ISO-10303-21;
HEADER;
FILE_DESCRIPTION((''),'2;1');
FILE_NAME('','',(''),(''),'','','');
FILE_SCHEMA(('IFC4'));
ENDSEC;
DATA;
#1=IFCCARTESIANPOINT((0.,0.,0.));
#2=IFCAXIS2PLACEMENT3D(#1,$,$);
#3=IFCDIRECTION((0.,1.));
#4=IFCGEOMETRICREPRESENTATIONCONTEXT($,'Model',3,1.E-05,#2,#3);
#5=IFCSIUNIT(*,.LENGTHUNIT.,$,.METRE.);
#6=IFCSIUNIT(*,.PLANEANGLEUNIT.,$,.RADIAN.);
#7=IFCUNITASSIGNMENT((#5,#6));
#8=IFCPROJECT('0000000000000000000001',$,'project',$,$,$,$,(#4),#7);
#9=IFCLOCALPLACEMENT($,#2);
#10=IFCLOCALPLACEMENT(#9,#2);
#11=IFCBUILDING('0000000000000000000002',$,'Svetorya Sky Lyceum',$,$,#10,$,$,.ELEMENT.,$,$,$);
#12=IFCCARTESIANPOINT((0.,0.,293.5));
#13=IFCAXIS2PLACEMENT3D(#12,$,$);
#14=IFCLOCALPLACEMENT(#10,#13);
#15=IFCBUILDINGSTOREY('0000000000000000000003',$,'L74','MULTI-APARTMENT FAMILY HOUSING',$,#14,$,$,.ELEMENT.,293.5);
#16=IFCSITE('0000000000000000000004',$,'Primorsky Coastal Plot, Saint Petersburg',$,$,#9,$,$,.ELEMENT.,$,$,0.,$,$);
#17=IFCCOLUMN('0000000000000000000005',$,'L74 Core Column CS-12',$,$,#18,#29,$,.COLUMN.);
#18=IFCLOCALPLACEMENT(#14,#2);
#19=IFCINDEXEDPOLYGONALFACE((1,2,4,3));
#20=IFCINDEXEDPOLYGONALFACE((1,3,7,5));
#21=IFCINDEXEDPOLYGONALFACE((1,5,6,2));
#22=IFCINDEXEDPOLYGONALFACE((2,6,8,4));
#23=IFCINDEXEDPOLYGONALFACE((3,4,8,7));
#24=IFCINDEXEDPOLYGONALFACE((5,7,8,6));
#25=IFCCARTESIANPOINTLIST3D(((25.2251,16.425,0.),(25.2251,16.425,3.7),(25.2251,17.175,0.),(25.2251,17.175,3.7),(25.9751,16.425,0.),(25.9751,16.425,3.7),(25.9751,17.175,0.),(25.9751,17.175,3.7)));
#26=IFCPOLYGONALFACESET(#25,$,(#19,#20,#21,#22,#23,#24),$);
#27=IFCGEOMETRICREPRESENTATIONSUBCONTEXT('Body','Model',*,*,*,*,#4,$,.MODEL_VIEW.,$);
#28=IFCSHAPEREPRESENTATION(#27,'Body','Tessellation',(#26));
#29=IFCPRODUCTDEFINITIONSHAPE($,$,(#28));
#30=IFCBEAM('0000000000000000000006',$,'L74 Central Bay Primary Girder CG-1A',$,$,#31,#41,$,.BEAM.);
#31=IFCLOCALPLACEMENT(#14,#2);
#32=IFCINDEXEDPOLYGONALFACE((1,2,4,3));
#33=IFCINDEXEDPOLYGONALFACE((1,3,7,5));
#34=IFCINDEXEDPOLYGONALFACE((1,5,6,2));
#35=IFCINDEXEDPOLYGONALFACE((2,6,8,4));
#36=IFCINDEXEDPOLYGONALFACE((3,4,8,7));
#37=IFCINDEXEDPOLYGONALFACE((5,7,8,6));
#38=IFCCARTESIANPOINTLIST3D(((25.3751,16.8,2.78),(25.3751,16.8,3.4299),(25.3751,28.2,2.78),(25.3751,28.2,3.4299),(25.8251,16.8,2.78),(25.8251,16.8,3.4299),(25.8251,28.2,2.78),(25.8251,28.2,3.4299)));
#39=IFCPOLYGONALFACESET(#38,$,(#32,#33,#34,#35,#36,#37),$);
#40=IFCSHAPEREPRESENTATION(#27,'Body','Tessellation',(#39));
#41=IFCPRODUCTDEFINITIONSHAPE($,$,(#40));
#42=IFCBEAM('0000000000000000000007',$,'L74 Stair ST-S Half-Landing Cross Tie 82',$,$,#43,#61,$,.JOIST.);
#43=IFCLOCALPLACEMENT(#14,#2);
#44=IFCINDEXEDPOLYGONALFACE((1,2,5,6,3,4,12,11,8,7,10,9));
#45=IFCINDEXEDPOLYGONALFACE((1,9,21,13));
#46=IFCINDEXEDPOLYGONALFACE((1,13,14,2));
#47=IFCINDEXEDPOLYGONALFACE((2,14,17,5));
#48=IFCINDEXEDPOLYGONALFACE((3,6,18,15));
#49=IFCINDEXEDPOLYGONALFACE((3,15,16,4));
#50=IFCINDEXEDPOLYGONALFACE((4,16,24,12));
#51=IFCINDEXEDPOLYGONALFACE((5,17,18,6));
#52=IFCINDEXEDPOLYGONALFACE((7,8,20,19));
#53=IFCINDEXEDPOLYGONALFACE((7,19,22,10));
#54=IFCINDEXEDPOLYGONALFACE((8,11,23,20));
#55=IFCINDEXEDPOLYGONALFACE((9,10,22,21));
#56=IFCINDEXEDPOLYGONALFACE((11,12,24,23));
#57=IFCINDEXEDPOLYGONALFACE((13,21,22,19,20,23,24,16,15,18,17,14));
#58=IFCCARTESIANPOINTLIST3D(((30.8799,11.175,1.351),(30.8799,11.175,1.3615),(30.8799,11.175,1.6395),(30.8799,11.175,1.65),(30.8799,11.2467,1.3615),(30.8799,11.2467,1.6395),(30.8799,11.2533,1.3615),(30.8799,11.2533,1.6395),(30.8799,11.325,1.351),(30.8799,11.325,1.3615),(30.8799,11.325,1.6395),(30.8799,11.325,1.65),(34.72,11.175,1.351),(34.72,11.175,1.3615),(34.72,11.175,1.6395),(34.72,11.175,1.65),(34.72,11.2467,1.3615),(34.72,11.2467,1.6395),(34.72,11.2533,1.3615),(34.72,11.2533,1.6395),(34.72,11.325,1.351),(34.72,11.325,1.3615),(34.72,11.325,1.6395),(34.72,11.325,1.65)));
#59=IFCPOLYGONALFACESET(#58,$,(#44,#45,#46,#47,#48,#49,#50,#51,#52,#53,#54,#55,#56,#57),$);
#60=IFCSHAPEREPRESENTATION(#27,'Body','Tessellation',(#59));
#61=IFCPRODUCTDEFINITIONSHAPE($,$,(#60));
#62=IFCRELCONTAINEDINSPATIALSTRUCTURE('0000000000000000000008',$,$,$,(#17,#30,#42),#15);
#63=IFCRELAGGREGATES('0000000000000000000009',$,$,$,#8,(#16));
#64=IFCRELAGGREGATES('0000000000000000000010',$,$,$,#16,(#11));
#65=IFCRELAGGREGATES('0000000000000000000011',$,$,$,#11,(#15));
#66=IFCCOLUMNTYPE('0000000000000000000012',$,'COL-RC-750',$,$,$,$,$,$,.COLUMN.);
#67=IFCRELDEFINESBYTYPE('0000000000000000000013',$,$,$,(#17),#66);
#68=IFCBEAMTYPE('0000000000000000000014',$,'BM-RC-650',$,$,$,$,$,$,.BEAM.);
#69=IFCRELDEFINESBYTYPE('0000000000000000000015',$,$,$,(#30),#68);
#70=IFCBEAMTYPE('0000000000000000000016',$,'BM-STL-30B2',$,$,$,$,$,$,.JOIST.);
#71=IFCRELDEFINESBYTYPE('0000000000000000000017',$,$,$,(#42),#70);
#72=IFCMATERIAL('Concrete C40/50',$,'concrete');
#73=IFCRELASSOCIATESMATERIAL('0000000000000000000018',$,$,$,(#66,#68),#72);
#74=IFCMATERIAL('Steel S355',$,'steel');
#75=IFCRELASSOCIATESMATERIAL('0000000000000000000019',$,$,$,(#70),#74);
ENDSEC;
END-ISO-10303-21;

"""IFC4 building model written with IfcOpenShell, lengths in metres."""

from ifc_helpers import new_model, si_unit, direction, frame, origin, origin_2d, place, context, subcontext, project, spatial, rectangle, i_section, extrude, material, material_profile, profile_set, type_object, element, save


model = new_model("IFC4")

# Units and contexts
model_context = context("Model", 3, precision=1e-05, world=origin(), true_north=direction((0.0, 1.0)))
body_context = subcontext(model_context, "Body", "Model", "MODEL_VIEW")
ifc_project = project(units=[si_unit("LENGTHUNIT", "METRE"), si_unit("PLANEANGLEUNIT", "RADIAN")], contexts=[model_context])

# Site, building, storey
site_placement = place(None, origin())
site = spatial("IfcSite", under=ifc_project, at=site_placement, Name="Primorsky Coastal Plot, Saint Petersburg", CompositionType="ELEMENT", RefElevation=0.0)
building_placement = place(site_placement, origin())
building = spatial("IfcBuilding", under=site, at=building_placement, Name="Svetorya Sky Lyceum", CompositionType="ELEMENT")
storey_placement = place(building_placement, frame((0.0, 0.0, 293.5)))
storey = spatial("IfcBuildingStorey", under=building, at=storey_placement, Name="L74", Description="MULTI-APARTMENT FAMILY HOUSING", CompositionType="ELEMENT", Elevation=293.5)

# Column
ifc_material_1 = material(Name="Concrete C40/50", Category="concrete")
ifc_material_profile_1 = material_profile(ifc_material_1, rectangle(XDim=0.75, YDim=0.75, at=origin_2d()), Name="RC COL 750x750")
ifc_profile_set_1 = profile_set([ifc_material_profile_1], Name="Concrete C40/50")
column_type = type_object("IfcColumnType", Name="COL-RC-750", PredefinedType="COLUMN", material=ifc_profile_set_1)
column_placement = place(storey_placement, frame((25.6001, 16.8, 0.0), z_axis=(0.0, 0.0, 1.0), x_axis=(1.0, 0.0, 0.0)))
element("IfcColumn", 1, at=column_placement, inside=storey, type_object=column_type, Name="L74 Core Column CS-12", PredefinedType="COLUMN", context=body_context, shape_type="SweptSolid", body=[
    extrude(rectangle(XDim=0.75, YDim=0.75, at=origin_2d()), origin(), (0.0, 0.0, 1.0), 3.7),
])

# Beams
ifc_material_profile_2 = material_profile(ifc_material_1, rectangle(XDim=0.45, YDim=0.6499, at=origin_2d()), Name="RC BEAM 450x650")
ifc_profile_set_2 = profile_set([ifc_material_profile_2], Name="Concrete C40/50")
beam_type_1 = type_object("IfcBeamType", Name="BM-RC-650", PredefinedType="BEAM", material=ifc_profile_set_2)
beam_1_placement = place(storey_placement, frame((25.6001, 16.8, 3.105), z_axis=(0.0, 1.0, 0.0), x_axis=(-1.0, 0.0, 0.0)))
element("IfcBeam", 2, at=beam_1_placement, inside=storey, type_object=beam_type_1, Name="L74 Central Bay Primary Girder CG-1A", PredefinedType="BEAM", context=body_context, shape_type="SweptSolid", body=[
    extrude(rectangle(XDim=0.45, YDim=0.6499, at=origin_2d()), origin(), (0.0, 0.0, 1.0), 11.3999),
])
ifc_material_2 = material(Name="Steel S355", Category="steel")
ifc_material_profile_3 = material_profile(ifc_material_2, i_section(OverallWidth=0.1499, OverallDepth=0.2991, WebThickness=0.0066, FlangeThickness=0.0105, at=origin_2d()), Name="GOST 30B2")
ifc_profile_set_3 = profile_set([ifc_material_profile_3], Name="Steel S355")
beam_type_2 = type_object("IfcBeamType", Name="BM-STL-30B2", PredefinedType="JOIST", material=ifc_profile_set_3)
beam_2_placement = place(storey_placement, frame((30.8799, 11.25, 1.5005), z_axis=(1.0, 0.0, 0.0), x_axis=(0.0, 1.0, 0.0)))
element("IfcBeam", 3, at=beam_2_placement, inside=storey, type_object=beam_type_2, Name="L74 Stair ST-S Half-Landing Cross Tie 82", PredefinedType="JOIST", context=body_context, shape_type="SweptSolid", body=[
    extrude(i_section(OverallWidth=0.1499, OverallDepth=0.2991, WebThickness=0.0066, FlangeThickness=0.0105, at=origin_2d()), origin(), (0.0, 0.0, 1.0), 3.8401),
])

save(model, "model.ifc")
